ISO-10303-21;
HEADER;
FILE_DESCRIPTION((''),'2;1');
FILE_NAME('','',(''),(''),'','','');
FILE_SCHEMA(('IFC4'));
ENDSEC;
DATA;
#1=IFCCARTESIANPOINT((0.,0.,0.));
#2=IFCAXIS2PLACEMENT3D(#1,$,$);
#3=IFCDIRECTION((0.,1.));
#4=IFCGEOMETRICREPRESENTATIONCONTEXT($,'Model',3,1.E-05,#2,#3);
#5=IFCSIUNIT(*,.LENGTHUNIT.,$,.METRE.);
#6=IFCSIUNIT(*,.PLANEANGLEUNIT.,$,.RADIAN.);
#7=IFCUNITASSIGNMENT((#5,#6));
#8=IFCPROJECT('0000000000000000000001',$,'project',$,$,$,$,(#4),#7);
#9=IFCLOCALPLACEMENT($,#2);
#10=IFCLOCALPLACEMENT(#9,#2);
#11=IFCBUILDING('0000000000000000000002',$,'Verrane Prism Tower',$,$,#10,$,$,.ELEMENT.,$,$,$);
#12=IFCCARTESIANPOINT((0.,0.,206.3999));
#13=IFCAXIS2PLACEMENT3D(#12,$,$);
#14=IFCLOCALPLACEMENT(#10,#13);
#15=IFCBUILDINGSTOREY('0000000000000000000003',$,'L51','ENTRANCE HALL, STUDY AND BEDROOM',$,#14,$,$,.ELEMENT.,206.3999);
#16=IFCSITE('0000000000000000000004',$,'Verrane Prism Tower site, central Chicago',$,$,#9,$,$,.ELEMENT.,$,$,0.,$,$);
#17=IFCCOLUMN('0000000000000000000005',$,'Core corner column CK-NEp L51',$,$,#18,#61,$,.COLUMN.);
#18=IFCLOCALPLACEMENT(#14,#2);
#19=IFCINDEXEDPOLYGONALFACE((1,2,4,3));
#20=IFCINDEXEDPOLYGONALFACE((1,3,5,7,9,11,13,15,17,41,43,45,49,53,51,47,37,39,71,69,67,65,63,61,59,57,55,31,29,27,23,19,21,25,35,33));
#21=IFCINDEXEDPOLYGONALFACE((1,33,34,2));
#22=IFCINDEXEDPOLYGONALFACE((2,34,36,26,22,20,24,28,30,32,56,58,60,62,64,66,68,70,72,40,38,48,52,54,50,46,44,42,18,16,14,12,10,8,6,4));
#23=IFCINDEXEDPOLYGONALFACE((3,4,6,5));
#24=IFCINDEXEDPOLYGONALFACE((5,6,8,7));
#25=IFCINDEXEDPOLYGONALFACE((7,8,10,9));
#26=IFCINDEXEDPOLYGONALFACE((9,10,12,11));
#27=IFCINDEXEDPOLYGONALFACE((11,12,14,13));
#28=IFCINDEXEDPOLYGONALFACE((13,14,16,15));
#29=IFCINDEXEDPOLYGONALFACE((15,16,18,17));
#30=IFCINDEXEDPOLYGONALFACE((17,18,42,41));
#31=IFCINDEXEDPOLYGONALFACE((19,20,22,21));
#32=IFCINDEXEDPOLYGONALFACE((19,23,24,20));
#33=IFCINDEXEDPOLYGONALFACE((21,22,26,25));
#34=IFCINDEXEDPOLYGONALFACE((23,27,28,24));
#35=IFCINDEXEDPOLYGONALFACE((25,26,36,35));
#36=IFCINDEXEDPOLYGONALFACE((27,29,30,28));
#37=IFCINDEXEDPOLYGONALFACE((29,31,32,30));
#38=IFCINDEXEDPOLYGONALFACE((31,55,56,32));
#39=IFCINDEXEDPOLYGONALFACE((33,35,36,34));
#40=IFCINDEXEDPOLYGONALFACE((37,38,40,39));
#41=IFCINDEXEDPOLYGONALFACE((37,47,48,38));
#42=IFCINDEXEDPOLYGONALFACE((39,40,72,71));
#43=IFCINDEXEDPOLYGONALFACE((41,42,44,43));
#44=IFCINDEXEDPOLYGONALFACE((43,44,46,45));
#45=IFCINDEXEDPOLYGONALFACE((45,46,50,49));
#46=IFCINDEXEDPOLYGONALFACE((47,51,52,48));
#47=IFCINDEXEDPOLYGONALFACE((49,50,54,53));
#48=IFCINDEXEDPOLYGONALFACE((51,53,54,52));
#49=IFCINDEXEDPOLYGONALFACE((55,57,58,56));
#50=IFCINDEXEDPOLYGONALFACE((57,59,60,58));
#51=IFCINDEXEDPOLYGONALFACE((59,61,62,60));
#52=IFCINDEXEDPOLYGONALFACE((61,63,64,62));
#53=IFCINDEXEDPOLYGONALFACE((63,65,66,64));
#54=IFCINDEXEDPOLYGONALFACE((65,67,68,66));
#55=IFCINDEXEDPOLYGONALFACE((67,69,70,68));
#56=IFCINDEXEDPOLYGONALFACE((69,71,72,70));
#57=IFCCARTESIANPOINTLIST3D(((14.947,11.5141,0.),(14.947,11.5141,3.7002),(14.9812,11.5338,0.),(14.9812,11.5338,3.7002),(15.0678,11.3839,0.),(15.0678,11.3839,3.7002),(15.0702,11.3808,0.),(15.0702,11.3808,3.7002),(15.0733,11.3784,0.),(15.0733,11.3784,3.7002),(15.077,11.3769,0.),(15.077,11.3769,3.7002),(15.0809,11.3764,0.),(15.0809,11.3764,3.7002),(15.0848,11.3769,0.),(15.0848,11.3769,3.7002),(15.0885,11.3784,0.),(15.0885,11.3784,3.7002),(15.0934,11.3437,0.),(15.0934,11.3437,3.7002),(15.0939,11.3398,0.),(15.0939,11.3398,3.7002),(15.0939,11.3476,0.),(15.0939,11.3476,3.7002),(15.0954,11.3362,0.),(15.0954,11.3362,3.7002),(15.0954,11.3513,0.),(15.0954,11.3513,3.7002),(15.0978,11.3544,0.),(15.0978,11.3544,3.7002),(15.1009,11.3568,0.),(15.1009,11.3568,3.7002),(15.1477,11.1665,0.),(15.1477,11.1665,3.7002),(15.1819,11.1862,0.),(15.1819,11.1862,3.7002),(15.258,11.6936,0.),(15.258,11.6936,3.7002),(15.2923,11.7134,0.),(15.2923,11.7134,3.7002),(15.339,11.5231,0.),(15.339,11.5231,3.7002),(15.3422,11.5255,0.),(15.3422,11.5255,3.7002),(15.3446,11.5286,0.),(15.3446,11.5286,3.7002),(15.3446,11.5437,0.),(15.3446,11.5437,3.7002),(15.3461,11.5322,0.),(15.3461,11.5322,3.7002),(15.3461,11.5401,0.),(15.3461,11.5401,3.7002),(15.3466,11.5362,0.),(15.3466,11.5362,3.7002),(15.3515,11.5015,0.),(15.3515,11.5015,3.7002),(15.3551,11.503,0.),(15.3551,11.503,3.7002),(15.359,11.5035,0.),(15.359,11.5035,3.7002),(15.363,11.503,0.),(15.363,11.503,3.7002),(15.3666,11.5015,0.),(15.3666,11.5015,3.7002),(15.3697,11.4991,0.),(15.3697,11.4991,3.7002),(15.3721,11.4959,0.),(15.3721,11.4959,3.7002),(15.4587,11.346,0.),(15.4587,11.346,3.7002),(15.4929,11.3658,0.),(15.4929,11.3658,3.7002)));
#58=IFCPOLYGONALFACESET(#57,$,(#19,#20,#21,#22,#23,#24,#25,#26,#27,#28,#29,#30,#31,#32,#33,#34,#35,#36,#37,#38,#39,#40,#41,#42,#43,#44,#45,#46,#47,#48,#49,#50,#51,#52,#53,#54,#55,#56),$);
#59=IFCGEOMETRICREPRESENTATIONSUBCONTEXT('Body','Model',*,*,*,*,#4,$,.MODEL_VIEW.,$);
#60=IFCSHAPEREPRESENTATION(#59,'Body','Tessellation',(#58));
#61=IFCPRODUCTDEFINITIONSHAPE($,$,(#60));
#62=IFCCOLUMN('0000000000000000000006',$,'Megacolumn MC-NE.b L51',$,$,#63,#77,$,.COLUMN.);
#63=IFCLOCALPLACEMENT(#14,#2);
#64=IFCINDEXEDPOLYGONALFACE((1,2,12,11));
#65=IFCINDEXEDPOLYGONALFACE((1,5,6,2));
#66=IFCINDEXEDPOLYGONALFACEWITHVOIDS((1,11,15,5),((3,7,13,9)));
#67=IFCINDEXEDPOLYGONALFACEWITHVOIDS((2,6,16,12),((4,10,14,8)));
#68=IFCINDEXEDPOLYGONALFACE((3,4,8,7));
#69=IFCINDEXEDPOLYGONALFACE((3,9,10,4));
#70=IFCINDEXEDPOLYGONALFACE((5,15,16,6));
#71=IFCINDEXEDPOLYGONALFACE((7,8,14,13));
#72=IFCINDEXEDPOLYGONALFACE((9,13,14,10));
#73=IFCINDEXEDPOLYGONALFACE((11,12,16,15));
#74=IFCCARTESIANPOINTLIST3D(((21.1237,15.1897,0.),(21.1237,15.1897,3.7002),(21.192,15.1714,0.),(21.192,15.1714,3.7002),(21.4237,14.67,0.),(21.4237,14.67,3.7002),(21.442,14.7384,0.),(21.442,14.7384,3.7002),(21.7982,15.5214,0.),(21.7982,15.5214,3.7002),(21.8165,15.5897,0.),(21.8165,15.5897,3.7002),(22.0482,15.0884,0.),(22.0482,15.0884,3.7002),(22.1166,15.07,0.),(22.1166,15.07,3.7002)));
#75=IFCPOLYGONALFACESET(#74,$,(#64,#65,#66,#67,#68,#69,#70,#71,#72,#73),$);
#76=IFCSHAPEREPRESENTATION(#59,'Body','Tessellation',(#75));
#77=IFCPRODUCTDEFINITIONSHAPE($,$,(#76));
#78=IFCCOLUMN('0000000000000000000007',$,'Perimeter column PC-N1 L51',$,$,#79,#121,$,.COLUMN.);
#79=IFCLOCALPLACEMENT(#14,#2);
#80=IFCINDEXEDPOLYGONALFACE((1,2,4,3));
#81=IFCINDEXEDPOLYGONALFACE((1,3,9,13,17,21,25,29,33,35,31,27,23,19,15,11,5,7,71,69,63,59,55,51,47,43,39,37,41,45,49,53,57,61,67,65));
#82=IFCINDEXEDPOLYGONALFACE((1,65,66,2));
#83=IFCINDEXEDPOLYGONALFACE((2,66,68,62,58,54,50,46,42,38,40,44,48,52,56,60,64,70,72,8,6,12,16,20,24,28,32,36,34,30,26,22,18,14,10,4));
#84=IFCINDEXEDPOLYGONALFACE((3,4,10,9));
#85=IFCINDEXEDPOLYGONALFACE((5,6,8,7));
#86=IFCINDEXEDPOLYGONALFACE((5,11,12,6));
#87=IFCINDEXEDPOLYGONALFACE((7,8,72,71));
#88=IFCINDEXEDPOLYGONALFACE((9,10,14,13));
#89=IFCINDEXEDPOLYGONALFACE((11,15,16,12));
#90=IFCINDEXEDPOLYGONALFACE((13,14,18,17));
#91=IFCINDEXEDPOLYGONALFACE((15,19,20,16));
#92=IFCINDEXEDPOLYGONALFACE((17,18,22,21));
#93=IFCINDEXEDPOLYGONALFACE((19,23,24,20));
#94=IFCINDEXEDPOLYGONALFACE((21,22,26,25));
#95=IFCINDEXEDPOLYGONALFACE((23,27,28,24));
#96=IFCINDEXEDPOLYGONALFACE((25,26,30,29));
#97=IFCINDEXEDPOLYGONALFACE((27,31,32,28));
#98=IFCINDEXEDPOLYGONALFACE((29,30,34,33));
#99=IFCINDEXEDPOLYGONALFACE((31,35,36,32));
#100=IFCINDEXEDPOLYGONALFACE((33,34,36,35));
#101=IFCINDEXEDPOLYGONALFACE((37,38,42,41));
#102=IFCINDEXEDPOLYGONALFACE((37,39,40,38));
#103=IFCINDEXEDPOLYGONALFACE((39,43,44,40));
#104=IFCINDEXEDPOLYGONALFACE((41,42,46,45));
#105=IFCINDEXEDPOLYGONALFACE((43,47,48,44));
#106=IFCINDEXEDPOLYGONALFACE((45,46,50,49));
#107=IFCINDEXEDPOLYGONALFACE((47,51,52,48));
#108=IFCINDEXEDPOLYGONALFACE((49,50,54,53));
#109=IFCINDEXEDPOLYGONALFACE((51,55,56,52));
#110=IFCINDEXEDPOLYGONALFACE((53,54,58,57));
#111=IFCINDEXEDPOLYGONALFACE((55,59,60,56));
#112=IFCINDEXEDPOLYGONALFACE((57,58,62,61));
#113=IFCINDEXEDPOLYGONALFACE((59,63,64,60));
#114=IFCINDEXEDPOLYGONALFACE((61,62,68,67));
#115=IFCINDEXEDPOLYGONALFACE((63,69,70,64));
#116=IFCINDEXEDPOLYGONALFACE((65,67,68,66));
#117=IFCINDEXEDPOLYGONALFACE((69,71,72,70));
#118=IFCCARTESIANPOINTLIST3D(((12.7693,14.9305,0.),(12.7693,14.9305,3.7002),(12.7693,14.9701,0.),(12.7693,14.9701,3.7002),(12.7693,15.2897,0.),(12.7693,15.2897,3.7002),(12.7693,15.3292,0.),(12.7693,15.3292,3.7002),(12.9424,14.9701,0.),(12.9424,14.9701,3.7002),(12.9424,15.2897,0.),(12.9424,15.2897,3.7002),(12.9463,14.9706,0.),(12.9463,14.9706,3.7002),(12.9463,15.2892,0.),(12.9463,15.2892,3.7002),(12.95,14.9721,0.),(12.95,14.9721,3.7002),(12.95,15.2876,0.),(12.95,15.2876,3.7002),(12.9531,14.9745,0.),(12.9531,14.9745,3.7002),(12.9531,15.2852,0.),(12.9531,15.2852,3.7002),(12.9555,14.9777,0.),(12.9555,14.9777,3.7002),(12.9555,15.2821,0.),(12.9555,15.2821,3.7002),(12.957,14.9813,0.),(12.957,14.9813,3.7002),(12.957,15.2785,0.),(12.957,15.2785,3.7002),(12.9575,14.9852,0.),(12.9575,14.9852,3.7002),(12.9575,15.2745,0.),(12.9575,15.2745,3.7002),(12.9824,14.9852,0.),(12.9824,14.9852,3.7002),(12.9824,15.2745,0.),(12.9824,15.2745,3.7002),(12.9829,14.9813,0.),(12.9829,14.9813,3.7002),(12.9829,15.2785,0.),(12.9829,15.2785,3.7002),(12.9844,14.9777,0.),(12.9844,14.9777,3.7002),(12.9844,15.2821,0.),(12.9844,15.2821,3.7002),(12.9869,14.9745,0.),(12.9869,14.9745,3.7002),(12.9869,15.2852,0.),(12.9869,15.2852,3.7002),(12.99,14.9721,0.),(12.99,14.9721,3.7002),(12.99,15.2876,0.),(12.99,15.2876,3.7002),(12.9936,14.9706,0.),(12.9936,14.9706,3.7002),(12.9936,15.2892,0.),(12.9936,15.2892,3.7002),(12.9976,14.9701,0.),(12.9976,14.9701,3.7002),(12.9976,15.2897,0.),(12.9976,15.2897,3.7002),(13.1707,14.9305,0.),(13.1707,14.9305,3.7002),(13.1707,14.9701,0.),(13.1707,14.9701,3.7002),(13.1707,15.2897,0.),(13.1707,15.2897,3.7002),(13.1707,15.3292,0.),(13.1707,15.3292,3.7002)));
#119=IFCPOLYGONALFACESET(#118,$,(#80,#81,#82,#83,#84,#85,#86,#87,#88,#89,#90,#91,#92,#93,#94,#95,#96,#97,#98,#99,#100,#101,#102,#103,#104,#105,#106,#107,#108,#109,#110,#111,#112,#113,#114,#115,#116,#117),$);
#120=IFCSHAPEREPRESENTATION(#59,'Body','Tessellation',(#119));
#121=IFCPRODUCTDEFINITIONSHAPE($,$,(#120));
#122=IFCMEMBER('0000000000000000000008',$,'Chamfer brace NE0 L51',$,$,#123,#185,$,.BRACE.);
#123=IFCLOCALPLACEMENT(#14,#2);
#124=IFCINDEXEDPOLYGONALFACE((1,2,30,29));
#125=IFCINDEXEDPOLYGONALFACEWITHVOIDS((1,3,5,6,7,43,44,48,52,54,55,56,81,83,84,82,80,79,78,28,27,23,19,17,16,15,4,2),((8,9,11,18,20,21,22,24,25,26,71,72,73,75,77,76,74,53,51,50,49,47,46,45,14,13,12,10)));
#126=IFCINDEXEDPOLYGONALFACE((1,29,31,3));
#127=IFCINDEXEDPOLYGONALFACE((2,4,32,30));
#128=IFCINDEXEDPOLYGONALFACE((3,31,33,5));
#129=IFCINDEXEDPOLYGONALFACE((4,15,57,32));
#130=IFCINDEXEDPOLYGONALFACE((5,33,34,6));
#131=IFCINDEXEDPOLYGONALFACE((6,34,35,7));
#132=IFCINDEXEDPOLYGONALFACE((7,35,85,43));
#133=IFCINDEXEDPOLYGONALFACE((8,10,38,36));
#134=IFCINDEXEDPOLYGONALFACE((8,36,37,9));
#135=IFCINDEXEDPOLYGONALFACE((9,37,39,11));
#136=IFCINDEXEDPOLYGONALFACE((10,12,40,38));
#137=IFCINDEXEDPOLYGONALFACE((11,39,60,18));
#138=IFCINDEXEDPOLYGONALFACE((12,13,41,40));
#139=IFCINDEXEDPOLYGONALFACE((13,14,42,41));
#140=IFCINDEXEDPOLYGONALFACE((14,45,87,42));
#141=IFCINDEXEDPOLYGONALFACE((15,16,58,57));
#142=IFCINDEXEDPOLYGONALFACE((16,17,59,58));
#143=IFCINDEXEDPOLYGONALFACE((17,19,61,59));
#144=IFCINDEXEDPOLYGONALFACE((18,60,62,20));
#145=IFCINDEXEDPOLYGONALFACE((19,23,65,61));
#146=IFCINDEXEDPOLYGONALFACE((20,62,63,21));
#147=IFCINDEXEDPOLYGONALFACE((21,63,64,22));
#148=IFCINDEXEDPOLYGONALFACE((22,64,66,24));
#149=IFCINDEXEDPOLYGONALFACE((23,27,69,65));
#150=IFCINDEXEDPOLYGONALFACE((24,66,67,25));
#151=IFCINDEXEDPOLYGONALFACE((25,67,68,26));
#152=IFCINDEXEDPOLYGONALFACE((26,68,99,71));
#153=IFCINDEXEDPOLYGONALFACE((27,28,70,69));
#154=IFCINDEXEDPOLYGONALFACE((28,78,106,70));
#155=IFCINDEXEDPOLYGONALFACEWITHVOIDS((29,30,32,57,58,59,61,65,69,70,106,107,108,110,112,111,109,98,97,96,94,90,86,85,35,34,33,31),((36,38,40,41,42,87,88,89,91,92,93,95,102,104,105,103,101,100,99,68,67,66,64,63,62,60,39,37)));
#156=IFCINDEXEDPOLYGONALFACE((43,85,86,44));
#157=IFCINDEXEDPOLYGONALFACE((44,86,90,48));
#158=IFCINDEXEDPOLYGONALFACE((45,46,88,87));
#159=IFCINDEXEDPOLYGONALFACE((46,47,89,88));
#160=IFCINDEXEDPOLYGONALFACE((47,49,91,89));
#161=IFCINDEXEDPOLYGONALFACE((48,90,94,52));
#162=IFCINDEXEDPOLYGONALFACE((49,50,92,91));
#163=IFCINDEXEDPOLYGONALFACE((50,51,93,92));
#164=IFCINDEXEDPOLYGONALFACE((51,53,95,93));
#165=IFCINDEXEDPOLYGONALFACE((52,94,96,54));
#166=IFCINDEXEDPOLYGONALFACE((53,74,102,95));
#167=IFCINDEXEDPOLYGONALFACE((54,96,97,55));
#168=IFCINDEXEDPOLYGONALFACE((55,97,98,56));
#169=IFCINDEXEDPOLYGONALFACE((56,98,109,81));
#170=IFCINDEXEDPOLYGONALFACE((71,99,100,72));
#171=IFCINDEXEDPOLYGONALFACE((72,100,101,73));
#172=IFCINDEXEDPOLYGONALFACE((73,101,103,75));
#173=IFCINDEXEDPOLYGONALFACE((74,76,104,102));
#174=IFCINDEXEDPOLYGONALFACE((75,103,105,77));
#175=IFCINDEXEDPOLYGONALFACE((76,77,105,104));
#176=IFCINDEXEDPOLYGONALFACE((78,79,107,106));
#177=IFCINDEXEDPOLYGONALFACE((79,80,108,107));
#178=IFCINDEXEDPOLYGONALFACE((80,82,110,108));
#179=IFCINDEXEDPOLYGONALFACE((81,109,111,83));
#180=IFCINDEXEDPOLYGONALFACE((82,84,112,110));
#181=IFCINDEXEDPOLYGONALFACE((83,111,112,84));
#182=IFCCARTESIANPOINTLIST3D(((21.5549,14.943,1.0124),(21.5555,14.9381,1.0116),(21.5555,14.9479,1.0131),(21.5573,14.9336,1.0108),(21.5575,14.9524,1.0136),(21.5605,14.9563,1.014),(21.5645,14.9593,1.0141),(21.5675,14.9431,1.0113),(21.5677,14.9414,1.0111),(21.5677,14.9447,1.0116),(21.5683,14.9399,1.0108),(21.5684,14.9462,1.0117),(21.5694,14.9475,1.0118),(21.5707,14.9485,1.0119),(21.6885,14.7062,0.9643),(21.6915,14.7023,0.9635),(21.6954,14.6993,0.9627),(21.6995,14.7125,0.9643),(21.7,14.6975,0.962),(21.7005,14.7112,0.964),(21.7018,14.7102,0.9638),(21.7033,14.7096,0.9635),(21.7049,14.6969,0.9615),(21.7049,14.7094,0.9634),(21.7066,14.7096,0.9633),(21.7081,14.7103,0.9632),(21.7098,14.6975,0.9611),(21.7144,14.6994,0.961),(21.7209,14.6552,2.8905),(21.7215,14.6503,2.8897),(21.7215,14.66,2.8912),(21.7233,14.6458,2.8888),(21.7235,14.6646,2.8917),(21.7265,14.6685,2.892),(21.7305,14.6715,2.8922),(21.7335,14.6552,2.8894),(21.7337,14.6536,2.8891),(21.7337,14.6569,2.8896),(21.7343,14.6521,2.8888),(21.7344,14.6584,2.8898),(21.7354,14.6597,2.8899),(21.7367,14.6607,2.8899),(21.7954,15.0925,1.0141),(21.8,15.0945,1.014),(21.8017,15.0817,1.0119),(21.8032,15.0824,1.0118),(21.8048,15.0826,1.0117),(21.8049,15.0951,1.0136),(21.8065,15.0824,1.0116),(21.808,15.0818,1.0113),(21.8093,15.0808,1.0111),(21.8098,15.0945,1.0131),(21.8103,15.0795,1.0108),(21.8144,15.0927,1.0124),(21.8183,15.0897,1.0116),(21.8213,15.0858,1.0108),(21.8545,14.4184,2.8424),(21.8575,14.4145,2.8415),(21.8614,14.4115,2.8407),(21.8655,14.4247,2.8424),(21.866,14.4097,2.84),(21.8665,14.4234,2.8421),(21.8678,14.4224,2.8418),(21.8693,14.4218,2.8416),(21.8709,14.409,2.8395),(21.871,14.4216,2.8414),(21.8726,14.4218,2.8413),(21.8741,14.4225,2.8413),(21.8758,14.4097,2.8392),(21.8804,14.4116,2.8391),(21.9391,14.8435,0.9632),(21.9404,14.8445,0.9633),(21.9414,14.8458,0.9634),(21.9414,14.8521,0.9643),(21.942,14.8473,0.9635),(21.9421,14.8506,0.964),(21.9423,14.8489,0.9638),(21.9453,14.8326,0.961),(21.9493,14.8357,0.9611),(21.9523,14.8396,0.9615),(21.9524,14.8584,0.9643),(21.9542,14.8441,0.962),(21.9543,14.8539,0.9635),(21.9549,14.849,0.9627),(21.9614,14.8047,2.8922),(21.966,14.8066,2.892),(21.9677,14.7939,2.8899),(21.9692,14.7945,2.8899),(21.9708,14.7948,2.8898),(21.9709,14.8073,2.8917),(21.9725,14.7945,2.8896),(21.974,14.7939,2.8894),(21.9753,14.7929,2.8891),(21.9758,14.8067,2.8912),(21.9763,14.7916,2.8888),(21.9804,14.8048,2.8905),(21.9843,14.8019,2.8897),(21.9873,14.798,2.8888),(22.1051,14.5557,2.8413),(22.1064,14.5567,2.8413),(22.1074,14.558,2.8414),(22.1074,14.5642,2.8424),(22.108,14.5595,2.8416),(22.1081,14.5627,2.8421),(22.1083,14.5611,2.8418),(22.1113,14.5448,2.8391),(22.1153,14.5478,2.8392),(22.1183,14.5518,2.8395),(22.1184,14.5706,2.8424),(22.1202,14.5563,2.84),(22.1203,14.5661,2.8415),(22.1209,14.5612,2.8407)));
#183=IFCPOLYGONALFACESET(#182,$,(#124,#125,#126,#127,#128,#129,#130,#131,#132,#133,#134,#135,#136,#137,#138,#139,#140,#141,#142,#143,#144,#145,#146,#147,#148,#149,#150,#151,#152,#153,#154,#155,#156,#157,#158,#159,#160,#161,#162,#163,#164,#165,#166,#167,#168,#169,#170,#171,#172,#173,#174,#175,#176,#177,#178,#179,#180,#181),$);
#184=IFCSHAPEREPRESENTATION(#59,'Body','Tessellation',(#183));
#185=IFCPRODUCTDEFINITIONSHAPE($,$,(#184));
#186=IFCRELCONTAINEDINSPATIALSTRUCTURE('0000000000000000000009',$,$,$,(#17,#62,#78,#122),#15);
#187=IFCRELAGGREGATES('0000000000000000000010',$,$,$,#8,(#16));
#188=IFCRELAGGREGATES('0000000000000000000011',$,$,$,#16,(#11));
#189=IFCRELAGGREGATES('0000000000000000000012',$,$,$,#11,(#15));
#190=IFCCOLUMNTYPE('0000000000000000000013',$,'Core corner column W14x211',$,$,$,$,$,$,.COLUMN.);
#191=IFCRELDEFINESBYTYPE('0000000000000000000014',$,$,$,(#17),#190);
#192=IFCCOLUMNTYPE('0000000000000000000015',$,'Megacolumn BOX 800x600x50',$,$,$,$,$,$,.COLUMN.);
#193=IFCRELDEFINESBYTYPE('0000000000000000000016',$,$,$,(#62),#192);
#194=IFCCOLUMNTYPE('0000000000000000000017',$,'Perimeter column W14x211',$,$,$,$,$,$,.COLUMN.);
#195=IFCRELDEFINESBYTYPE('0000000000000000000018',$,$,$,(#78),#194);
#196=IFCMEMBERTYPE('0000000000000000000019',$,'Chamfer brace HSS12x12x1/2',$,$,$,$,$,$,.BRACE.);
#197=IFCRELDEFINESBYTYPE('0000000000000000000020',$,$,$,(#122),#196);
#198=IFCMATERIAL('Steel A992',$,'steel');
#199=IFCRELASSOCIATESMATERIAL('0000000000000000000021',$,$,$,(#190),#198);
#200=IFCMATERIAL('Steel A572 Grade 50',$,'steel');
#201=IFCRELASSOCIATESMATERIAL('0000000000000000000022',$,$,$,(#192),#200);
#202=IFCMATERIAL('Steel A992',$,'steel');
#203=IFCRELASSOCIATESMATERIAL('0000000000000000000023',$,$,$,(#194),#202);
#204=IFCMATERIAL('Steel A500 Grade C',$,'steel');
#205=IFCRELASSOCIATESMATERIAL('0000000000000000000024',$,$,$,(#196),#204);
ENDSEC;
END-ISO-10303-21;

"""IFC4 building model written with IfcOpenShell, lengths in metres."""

from ifc_helpers import new_model, si_unit, direction, frame, origin, origin_2d, place, context, subcontext, project, spatial, hollow_rectangle, i_section, extrude, material, material_profile, profile_set, type_object, element, save


model = new_model("IFC4")

# Units and contexts
model_context = context("Model", 3, precision=1e-05, world=origin(), true_north=direction((0.0, 1.0)))
body_context = subcontext(model_context, "Body", "Model", "MODEL_VIEW")
ifc_project = project(units=[si_unit("LENGTHUNIT", "METRE"), si_unit("PLANEANGLEUNIT", "RADIAN")], contexts=[model_context])

# Site, building, storey
site_placement = place(None, origin())
site = spatial("IfcSite", under=ifc_project, at=site_placement, Name="Verrane Prism Tower site, central Chicago", CompositionType="ELEMENT", RefElevation=0.0)
building_placement = place(site_placement, origin())
building = spatial("IfcBuilding", under=site, at=building_placement, Name="Verrane Prism Tower", CompositionType="ELEMENT")
storey_placement = place(building_placement, frame((0.0, 0.0, 206.3999)))
storey = spatial("IfcBuildingStorey", under=building, at=storey_placement, Name="L51", Description="ENTRANCE HALL, STUDY AND BEDROOM", CompositionType="ELEMENT", Elevation=206.3999)

# Columns
ifc_material_1 = material(Name="Steel A992", Category="steel")
ifc_material_profile_1 = material_profile(ifc_material_1, i_section(OverallWidth=0.4014, OverallDepth=0.3987, WebThickness=0.0249, FlangeThickness=0.0396, FilletRadius=0.0151, at=origin_2d()), Name="W14x211")
ifc_profile_set_1 = profile_set([ifc_material_profile_1], Name="Steel A992")
column_type_1 = type_object("IfcColumnType", Name="Core corner column W14x211", PredefinedType="COLUMN", material=ifc_profile_set_1)
column_1_placement = place(storey_placement, frame((15.22, 11.4399, 0.0), z_axis=(0.0, 0.0, 1.0), x_axis=(0.5, -0.866025, 0.0)))
element("IfcColumn", 1, at=column_1_placement, inside=storey, type_object=column_type_1, Name="Core corner column CK-NEp L51", PredefinedType="COLUMN", context=body_context, shape_type="SweptSolid", body=[
    extrude(i_section(OverallWidth=0.4014, OverallDepth=0.3987, WebThickness=0.0249, FlangeThickness=0.0396, FilletRadius=0.0151, at=origin_2d()), origin(), (0.0, 0.0, 1.0), 3.7002),
])
ifc_material_2 = material(Name="Steel A572 Grade 50", Category="steel")
ifc_material_profile_2 = material_profile(ifc_material_2, hollow_rectangle(XDim=0.6001, YDim=0.8, WallThickness=0.05, at=origin_2d()), Name="BOX 800x600x50")
ifc_profile_set_2 = profile_set([ifc_material_profile_2], Name="Steel A572 Grade 50")
column_type_2 = type_object("IfcColumnType", Name="Megacolumn BOX 800x600x50", PredefinedType="COLUMN", material=ifc_profile_set_2)
column_2_placement = place(storey_placement, frame((21.6201, 15.1299, 0.0), z_axis=(0.0, 0.0, 1.0), x_axis=(0.5, -0.866025, 0.0)))
element("IfcColumn", 2, at=column_2_placement, inside=storey, type_object=column_type_2, Name="Megacolumn MC-NE.b L51", PredefinedType="COLUMN", context=body_context, shape_type="SweptSolid", body=[
    extrude(hollow_rectangle(XDim=0.6001, YDim=0.8, WallThickness=0.05, at=origin_2d()), origin(), (0.0, 0.0, 1.0), 3.7002),
])
ifc_material_3 = material(Name="Steel A992", Category="steel")
ifc_material_profile_3 = material_profile(ifc_material_3, i_section(OverallWidth=0.4014, OverallDepth=0.3987, WebThickness=0.0249, FlangeThickness=0.0396, FilletRadius=0.0151, at=origin_2d()), Name="W14x211")
ifc_profile_set_3 = profile_set([ifc_material_profile_3], Name="Steel A992")
column_type_3 = type_object("IfcColumnType", Name="Perimeter column W14x211", PredefinedType="COLUMN", material=ifc_profile_set_3)
column_3_placement = place(storey_placement, frame((12.97, 15.1299, 0.0), z_axis=(0.0, 0.0, 1.0), x_axis=(1.0, 0.0, 0.0)))
element("IfcColumn", 3, at=column_3_placement, inside=storey, type_object=column_type_3, Name="Perimeter column PC-N1 L51", PredefinedType="COLUMN", context=body_context, shape_type="SweptSolid", body=[
    extrude(i_section(OverallWidth=0.4014, OverallDepth=0.3987, WebThickness=0.0249, FlangeThickness=0.0396, FilletRadius=0.0151, at=origin_2d()), origin(), (0.0, 0.0, 1.0), 3.7002),
])

# Member
ifc_material_4 = material(Name="Steel A500 Grade C", Category="steel")
ifc_material_profile_4 = material_profile(ifc_material_4, hollow_rectangle(XDim=0.3047, YDim=0.3047, WallThickness=0.0127, InnerFilletRadius=0.0063, OuterFilletRadius=0.019, at=origin_2d()), Name="HSS12x12x1/2")
ifc_profile_set_4 = profile_set([ifc_material_profile_4], Name="Steel A500 Grade C")
member_type_1 = type_object("IfcMemberType", Name="Chamfer brace HSS12x12x1/2", PredefinedType="BRACE", material=ifc_profile_set_4)
member_1_placement = place(storey_placement, frame((21.7549, 14.896, 0.9875), z_axis=(0.08704, -0.150913, 0.984708), x_axis=(0.866247, 0.499616, 0.0)))
element("IfcMember", 4, at=member_1_placement, inside=storey, type_object=member_type_1, Name="Chamfer brace NE0 L51", PredefinedType="BRACE", context=body_context, shape_type="SweptSolid", body=[
    extrude(hollow_rectangle(XDim=0.3047, YDim=0.3047, WallThickness=0.0127, InnerFilletRadius=0.0063, OuterFilletRadius=0.019, at=origin_2d()), origin(), (0.0, 0.0, 1.0), 1.9072),
])

save(model, "model.ifc")
